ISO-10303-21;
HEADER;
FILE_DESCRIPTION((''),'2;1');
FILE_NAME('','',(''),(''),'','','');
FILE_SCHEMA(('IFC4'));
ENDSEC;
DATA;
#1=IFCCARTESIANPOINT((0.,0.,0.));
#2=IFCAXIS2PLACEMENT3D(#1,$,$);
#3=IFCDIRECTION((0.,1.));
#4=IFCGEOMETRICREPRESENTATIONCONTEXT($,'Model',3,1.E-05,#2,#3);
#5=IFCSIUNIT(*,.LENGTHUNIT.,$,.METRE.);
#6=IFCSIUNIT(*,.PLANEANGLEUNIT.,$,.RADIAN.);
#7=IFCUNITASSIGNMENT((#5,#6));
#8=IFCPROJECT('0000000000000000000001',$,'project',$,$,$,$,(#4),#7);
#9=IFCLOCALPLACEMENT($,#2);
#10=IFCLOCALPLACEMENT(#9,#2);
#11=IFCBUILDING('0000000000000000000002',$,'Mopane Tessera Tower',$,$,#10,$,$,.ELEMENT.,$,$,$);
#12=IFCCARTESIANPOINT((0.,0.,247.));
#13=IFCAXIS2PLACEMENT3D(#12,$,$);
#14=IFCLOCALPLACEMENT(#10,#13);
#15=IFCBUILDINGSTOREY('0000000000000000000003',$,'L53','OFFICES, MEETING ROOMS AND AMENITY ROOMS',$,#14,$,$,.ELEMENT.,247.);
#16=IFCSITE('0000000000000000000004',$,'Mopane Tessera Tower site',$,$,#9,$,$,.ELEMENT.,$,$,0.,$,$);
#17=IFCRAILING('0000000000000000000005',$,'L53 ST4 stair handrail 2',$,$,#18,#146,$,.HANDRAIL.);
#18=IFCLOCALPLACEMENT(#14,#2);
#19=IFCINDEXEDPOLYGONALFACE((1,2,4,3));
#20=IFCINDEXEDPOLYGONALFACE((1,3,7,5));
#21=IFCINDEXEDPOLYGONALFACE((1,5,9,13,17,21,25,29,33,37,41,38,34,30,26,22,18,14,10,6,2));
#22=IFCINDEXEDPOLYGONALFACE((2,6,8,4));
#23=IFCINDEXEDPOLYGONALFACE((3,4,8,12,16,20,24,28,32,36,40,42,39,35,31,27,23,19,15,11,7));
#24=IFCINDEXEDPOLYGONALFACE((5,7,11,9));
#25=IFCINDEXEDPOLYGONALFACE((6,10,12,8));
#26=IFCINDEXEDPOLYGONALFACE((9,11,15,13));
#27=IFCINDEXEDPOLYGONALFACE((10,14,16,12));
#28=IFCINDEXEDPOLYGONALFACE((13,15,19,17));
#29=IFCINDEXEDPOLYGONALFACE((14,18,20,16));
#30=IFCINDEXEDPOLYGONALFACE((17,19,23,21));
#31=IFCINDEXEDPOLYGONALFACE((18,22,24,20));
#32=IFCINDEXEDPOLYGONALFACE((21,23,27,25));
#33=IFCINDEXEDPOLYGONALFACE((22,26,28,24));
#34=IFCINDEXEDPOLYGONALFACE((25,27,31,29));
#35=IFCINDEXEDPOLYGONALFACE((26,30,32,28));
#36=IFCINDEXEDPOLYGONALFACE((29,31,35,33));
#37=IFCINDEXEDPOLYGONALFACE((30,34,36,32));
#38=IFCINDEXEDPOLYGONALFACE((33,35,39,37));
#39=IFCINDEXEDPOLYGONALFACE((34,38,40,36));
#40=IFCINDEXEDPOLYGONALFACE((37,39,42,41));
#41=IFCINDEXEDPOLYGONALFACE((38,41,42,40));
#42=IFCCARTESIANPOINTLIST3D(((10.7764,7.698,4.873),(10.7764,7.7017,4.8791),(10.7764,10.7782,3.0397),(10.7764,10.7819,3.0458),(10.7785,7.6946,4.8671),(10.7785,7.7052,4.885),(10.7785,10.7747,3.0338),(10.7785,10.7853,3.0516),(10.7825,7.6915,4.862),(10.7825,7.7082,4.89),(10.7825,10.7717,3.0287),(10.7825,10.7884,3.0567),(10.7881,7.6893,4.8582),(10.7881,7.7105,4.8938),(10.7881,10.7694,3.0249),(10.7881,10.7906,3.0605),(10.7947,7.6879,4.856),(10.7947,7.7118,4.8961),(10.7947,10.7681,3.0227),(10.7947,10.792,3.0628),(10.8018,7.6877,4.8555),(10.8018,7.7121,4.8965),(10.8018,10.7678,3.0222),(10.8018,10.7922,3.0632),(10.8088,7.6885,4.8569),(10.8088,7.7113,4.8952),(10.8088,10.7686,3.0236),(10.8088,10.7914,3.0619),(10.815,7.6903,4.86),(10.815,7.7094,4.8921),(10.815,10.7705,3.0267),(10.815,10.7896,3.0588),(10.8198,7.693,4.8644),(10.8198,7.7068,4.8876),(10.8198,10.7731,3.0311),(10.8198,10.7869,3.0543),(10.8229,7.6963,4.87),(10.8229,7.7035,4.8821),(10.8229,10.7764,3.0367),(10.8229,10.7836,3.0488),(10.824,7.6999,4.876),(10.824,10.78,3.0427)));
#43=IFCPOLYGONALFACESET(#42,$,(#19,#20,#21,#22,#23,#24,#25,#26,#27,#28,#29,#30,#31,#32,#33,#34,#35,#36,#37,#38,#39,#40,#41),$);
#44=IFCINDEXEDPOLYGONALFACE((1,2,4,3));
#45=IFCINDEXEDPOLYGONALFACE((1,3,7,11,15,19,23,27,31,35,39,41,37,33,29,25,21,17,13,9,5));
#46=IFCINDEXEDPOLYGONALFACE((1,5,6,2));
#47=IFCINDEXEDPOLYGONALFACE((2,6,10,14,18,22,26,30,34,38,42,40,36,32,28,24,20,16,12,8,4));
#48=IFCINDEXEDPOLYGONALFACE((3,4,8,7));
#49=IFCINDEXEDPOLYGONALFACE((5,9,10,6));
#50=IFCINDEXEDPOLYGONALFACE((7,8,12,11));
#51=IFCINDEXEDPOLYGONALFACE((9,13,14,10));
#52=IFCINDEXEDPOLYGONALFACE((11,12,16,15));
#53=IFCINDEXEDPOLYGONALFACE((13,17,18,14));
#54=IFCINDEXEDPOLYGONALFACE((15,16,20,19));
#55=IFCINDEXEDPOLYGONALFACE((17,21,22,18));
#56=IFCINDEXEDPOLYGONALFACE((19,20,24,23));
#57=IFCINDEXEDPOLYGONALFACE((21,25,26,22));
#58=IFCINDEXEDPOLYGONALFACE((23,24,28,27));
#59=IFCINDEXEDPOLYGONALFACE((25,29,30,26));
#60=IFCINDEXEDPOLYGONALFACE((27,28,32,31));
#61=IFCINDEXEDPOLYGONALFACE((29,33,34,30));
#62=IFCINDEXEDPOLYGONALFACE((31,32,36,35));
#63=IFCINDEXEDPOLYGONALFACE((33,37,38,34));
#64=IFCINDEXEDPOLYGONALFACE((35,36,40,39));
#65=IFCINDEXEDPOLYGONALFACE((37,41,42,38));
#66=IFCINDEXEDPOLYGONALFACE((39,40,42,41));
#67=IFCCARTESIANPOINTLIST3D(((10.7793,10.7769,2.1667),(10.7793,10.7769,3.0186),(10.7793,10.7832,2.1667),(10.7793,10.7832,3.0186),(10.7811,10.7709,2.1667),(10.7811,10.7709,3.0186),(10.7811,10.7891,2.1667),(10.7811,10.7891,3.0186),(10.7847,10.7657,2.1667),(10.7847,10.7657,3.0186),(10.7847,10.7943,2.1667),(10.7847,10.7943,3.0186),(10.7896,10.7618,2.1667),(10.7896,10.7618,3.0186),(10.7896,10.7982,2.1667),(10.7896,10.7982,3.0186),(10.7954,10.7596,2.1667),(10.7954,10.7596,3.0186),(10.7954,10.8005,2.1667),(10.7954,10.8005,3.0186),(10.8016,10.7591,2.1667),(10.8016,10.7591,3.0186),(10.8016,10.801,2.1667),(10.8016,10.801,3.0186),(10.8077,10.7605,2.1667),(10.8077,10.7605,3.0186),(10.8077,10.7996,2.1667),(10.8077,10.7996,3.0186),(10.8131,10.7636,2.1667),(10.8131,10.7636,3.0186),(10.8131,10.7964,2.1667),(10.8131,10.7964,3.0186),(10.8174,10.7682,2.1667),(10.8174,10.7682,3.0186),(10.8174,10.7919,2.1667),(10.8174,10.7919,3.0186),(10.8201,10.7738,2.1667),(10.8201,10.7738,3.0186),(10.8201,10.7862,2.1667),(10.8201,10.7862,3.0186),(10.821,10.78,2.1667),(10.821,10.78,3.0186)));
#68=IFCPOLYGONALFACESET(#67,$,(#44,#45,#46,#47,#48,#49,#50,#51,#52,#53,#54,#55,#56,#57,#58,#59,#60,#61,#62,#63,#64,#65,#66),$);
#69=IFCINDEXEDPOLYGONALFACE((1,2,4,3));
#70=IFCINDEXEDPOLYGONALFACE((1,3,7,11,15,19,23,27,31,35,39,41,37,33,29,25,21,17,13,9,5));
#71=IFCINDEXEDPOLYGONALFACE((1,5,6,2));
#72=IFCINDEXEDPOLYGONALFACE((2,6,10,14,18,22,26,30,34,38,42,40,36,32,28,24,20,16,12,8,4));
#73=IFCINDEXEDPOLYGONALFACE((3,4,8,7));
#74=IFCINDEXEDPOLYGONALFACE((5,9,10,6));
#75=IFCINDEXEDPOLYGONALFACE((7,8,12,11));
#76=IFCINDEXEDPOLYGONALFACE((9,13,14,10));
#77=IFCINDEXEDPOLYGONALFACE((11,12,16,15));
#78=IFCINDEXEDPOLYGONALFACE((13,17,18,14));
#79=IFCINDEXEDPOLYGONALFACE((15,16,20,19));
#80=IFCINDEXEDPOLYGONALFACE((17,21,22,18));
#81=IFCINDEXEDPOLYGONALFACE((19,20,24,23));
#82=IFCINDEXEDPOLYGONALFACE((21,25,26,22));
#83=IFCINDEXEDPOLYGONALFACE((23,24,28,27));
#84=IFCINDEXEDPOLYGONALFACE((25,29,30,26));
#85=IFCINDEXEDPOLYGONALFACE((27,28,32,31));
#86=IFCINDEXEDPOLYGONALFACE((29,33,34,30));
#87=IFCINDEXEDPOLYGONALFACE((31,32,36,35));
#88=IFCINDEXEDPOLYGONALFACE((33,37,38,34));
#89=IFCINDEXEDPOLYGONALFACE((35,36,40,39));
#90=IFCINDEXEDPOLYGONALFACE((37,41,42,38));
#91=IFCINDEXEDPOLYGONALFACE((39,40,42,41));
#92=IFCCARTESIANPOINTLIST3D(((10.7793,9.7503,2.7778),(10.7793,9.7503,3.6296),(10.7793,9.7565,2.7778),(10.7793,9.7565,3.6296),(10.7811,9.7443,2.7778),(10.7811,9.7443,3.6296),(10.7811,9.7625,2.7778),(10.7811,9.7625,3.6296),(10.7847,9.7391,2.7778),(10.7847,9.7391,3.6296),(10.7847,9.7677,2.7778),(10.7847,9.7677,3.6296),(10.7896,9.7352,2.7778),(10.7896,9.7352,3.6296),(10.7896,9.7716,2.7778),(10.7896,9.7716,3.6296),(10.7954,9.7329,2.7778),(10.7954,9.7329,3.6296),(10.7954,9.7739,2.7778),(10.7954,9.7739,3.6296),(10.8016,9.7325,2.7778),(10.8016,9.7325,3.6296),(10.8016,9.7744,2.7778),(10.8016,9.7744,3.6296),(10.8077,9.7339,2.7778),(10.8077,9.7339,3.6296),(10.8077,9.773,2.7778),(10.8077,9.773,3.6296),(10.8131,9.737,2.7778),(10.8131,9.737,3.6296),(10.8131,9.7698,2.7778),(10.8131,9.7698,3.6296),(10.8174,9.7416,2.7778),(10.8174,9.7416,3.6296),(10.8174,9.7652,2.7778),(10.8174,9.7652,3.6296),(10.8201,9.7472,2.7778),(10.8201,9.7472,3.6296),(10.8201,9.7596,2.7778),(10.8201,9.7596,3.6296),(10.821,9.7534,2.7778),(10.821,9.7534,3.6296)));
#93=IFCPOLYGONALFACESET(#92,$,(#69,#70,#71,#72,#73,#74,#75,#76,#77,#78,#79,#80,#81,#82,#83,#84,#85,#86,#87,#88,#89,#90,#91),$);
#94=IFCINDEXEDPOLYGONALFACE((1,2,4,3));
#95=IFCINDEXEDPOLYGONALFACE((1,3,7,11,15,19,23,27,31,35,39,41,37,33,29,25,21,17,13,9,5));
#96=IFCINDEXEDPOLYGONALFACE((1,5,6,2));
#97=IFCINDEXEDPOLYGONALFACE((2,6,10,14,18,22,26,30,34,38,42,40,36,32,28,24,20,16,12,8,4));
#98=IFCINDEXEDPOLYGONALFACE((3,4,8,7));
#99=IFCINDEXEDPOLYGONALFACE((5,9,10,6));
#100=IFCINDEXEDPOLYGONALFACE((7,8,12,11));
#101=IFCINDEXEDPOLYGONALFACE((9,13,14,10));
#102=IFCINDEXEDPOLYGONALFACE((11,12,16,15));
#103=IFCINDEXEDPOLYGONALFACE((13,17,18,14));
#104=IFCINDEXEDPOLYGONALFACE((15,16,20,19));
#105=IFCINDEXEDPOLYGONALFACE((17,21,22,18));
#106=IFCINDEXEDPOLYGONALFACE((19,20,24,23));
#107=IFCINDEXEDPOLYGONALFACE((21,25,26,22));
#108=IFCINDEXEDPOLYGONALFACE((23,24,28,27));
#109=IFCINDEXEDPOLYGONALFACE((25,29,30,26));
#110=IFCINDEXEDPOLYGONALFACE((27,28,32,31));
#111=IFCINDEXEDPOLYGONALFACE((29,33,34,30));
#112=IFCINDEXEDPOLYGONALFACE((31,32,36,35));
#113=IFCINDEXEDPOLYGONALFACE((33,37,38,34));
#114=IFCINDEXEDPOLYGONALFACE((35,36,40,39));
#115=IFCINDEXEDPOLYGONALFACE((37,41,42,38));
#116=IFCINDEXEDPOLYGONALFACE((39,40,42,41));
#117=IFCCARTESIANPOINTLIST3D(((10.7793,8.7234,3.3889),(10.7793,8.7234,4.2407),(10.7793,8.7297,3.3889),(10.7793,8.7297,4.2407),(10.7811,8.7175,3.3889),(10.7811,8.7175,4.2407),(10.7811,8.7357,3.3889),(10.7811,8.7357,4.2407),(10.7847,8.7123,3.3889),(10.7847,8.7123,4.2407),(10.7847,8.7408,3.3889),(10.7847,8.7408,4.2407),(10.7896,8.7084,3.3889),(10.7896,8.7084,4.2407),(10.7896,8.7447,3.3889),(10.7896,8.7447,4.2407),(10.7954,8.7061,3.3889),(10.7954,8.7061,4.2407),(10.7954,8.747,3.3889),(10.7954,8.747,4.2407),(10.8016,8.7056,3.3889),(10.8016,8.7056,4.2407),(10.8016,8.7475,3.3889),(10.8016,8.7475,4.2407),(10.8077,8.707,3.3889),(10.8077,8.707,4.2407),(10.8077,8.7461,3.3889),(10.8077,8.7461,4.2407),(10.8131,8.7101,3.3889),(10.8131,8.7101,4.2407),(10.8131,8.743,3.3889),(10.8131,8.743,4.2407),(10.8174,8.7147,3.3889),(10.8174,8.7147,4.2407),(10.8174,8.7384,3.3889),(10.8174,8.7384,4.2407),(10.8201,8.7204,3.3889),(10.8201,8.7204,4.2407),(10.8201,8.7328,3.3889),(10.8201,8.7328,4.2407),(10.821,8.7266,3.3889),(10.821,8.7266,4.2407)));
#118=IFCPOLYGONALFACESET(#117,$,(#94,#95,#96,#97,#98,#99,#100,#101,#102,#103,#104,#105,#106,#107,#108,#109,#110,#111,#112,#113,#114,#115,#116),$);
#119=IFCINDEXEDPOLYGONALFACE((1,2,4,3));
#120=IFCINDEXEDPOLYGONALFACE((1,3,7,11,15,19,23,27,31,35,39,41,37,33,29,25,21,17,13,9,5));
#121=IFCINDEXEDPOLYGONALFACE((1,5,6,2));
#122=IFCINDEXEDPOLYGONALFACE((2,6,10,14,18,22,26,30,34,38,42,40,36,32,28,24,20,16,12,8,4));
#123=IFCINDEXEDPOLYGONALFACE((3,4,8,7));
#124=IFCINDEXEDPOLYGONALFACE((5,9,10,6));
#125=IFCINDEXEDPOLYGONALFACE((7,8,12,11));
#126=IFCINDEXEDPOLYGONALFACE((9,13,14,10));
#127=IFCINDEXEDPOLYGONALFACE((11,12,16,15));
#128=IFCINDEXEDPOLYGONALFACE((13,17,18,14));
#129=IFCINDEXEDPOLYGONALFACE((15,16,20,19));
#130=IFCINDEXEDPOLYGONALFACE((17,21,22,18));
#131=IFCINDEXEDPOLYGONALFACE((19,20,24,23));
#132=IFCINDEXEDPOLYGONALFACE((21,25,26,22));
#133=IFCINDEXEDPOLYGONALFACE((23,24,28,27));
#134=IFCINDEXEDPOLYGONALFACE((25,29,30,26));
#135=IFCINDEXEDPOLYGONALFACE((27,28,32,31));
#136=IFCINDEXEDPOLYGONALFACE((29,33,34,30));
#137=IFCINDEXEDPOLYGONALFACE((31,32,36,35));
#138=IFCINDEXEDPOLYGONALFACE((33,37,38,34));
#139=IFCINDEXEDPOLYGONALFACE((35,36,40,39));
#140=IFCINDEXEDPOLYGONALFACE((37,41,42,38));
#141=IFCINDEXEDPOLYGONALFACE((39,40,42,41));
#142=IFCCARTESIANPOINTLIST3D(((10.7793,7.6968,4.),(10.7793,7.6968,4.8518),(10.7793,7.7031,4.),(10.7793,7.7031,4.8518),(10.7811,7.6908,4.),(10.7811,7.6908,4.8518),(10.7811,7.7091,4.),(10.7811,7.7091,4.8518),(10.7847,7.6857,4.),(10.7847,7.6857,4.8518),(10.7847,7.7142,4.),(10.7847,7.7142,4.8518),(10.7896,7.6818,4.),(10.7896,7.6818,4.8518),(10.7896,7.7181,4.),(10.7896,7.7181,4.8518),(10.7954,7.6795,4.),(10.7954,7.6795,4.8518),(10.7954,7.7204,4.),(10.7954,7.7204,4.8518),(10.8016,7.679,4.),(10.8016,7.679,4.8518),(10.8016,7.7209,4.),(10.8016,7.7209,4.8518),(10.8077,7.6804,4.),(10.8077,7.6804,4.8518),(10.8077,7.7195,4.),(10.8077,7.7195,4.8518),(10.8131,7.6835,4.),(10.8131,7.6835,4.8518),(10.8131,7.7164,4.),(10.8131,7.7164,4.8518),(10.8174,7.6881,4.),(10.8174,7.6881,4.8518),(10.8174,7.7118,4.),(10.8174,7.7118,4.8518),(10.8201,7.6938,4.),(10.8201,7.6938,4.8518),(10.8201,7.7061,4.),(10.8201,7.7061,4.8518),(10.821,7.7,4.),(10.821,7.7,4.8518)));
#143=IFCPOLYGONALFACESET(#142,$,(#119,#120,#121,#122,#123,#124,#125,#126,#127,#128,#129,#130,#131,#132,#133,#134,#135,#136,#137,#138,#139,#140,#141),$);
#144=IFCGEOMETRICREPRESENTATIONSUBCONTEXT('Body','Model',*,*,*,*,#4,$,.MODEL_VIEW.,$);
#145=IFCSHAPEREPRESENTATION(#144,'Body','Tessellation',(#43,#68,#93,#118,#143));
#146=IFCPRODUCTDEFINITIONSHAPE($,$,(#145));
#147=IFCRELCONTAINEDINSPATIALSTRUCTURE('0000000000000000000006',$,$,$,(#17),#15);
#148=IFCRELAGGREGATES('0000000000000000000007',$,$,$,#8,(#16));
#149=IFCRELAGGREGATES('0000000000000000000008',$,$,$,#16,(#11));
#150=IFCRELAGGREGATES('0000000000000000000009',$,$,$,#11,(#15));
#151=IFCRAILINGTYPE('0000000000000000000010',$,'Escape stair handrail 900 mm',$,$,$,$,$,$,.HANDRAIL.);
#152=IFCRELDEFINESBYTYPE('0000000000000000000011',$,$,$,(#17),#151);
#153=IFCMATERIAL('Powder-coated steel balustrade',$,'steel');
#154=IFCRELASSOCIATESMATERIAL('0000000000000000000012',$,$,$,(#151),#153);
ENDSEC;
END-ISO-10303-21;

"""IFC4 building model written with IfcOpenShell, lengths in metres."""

from ifc_helpers import new_model, si_unit, direction, frame, origin, origin_2d, place, context, subcontext, project, spatial, circle, extrude, material, type_object, element, save


model = new_model("IFC4")

# Units and contexts
model_context = context("Model", 3, precision=1e-05, world=origin(), true_north=direction((0.0, 1.0)))
body_context = subcontext(model_context, "Body", "Model", "MODEL_VIEW")
ifc_project = project(units=[si_unit("LENGTHUNIT", "METRE"), si_unit("PLANEANGLEUNIT", "RADIAN")], contexts=[model_context])

# Site, building, storey
site_placement = place(None, origin())
site = spatial("IfcSite", under=ifc_project, at=site_placement, Name="Mopane Tessera Tower site", CompositionType="ELEMENT", RefElevation=0.0)
building_placement = place(site_placement, origin())
building = spatial("IfcBuilding", under=site, at=building_placement, Name="Mopane Tessera Tower", CompositionType="ELEMENT")
storey_placement = place(building_placement, frame((0.0, 0.0, 247.0)))
storey = spatial("IfcBuildingStorey", under=building, at=storey_placement, Name="L53", Description="OFFICES, MEETING ROOMS AND AMENITY ROOMS", CompositionType="ELEMENT", Elevation=247.0)

# Railing
ifc_material_1 = material(Name="Powder-coated steel balustrade", Category="steel")
railing_type_1 = type_object("IfcRailingType", Name="Escape stair handrail 900 mm", PredefinedType="HANDRAIL", material=ifc_material_1)
railing_1_placement = place(storey_placement, frame((10.8, 10.78, 2.1667)))
element("IfcRailing", 1, at=railing_1_placement, inside=storey, type_object=railing_type_1, Name="L53 ST4 stair handrail 2", PredefinedType="HANDRAIL", context=body_context, shape_type="SweptSolid", body=[
    extrude(circle(Radius=0.0239, at=origin_2d()), frame((0.0, 0.0, 0.876), z_axis=(0.0, -0.859309, 0.511458), x_axis=(1.0, 0.0, 0.0)), (0.0, 0.0, 1.0), 3.5845),
    extrude(circle(Radius=0.021, at=origin_2d()), origin(), (0.0, 0.0, 1.0), 0.8518),
    extrude(circle(Radius=0.021, at=origin_2d()), frame((0.0, -1.0266, 0.6111)), (0.0, 0.0, 1.0), 0.8518),
    extrude(circle(Radius=0.021, at=origin_2d()), frame((0.0, -2.0535, 1.2222)), (0.0, 0.0, 1.0), 0.8518),
    extrude(circle(Radius=0.021, at=origin_2d()), frame((0.0, -3.0801, 1.8333)), (0.0, 0.0, 1.0), 0.8518),
])

save(model, "model.ifc")
